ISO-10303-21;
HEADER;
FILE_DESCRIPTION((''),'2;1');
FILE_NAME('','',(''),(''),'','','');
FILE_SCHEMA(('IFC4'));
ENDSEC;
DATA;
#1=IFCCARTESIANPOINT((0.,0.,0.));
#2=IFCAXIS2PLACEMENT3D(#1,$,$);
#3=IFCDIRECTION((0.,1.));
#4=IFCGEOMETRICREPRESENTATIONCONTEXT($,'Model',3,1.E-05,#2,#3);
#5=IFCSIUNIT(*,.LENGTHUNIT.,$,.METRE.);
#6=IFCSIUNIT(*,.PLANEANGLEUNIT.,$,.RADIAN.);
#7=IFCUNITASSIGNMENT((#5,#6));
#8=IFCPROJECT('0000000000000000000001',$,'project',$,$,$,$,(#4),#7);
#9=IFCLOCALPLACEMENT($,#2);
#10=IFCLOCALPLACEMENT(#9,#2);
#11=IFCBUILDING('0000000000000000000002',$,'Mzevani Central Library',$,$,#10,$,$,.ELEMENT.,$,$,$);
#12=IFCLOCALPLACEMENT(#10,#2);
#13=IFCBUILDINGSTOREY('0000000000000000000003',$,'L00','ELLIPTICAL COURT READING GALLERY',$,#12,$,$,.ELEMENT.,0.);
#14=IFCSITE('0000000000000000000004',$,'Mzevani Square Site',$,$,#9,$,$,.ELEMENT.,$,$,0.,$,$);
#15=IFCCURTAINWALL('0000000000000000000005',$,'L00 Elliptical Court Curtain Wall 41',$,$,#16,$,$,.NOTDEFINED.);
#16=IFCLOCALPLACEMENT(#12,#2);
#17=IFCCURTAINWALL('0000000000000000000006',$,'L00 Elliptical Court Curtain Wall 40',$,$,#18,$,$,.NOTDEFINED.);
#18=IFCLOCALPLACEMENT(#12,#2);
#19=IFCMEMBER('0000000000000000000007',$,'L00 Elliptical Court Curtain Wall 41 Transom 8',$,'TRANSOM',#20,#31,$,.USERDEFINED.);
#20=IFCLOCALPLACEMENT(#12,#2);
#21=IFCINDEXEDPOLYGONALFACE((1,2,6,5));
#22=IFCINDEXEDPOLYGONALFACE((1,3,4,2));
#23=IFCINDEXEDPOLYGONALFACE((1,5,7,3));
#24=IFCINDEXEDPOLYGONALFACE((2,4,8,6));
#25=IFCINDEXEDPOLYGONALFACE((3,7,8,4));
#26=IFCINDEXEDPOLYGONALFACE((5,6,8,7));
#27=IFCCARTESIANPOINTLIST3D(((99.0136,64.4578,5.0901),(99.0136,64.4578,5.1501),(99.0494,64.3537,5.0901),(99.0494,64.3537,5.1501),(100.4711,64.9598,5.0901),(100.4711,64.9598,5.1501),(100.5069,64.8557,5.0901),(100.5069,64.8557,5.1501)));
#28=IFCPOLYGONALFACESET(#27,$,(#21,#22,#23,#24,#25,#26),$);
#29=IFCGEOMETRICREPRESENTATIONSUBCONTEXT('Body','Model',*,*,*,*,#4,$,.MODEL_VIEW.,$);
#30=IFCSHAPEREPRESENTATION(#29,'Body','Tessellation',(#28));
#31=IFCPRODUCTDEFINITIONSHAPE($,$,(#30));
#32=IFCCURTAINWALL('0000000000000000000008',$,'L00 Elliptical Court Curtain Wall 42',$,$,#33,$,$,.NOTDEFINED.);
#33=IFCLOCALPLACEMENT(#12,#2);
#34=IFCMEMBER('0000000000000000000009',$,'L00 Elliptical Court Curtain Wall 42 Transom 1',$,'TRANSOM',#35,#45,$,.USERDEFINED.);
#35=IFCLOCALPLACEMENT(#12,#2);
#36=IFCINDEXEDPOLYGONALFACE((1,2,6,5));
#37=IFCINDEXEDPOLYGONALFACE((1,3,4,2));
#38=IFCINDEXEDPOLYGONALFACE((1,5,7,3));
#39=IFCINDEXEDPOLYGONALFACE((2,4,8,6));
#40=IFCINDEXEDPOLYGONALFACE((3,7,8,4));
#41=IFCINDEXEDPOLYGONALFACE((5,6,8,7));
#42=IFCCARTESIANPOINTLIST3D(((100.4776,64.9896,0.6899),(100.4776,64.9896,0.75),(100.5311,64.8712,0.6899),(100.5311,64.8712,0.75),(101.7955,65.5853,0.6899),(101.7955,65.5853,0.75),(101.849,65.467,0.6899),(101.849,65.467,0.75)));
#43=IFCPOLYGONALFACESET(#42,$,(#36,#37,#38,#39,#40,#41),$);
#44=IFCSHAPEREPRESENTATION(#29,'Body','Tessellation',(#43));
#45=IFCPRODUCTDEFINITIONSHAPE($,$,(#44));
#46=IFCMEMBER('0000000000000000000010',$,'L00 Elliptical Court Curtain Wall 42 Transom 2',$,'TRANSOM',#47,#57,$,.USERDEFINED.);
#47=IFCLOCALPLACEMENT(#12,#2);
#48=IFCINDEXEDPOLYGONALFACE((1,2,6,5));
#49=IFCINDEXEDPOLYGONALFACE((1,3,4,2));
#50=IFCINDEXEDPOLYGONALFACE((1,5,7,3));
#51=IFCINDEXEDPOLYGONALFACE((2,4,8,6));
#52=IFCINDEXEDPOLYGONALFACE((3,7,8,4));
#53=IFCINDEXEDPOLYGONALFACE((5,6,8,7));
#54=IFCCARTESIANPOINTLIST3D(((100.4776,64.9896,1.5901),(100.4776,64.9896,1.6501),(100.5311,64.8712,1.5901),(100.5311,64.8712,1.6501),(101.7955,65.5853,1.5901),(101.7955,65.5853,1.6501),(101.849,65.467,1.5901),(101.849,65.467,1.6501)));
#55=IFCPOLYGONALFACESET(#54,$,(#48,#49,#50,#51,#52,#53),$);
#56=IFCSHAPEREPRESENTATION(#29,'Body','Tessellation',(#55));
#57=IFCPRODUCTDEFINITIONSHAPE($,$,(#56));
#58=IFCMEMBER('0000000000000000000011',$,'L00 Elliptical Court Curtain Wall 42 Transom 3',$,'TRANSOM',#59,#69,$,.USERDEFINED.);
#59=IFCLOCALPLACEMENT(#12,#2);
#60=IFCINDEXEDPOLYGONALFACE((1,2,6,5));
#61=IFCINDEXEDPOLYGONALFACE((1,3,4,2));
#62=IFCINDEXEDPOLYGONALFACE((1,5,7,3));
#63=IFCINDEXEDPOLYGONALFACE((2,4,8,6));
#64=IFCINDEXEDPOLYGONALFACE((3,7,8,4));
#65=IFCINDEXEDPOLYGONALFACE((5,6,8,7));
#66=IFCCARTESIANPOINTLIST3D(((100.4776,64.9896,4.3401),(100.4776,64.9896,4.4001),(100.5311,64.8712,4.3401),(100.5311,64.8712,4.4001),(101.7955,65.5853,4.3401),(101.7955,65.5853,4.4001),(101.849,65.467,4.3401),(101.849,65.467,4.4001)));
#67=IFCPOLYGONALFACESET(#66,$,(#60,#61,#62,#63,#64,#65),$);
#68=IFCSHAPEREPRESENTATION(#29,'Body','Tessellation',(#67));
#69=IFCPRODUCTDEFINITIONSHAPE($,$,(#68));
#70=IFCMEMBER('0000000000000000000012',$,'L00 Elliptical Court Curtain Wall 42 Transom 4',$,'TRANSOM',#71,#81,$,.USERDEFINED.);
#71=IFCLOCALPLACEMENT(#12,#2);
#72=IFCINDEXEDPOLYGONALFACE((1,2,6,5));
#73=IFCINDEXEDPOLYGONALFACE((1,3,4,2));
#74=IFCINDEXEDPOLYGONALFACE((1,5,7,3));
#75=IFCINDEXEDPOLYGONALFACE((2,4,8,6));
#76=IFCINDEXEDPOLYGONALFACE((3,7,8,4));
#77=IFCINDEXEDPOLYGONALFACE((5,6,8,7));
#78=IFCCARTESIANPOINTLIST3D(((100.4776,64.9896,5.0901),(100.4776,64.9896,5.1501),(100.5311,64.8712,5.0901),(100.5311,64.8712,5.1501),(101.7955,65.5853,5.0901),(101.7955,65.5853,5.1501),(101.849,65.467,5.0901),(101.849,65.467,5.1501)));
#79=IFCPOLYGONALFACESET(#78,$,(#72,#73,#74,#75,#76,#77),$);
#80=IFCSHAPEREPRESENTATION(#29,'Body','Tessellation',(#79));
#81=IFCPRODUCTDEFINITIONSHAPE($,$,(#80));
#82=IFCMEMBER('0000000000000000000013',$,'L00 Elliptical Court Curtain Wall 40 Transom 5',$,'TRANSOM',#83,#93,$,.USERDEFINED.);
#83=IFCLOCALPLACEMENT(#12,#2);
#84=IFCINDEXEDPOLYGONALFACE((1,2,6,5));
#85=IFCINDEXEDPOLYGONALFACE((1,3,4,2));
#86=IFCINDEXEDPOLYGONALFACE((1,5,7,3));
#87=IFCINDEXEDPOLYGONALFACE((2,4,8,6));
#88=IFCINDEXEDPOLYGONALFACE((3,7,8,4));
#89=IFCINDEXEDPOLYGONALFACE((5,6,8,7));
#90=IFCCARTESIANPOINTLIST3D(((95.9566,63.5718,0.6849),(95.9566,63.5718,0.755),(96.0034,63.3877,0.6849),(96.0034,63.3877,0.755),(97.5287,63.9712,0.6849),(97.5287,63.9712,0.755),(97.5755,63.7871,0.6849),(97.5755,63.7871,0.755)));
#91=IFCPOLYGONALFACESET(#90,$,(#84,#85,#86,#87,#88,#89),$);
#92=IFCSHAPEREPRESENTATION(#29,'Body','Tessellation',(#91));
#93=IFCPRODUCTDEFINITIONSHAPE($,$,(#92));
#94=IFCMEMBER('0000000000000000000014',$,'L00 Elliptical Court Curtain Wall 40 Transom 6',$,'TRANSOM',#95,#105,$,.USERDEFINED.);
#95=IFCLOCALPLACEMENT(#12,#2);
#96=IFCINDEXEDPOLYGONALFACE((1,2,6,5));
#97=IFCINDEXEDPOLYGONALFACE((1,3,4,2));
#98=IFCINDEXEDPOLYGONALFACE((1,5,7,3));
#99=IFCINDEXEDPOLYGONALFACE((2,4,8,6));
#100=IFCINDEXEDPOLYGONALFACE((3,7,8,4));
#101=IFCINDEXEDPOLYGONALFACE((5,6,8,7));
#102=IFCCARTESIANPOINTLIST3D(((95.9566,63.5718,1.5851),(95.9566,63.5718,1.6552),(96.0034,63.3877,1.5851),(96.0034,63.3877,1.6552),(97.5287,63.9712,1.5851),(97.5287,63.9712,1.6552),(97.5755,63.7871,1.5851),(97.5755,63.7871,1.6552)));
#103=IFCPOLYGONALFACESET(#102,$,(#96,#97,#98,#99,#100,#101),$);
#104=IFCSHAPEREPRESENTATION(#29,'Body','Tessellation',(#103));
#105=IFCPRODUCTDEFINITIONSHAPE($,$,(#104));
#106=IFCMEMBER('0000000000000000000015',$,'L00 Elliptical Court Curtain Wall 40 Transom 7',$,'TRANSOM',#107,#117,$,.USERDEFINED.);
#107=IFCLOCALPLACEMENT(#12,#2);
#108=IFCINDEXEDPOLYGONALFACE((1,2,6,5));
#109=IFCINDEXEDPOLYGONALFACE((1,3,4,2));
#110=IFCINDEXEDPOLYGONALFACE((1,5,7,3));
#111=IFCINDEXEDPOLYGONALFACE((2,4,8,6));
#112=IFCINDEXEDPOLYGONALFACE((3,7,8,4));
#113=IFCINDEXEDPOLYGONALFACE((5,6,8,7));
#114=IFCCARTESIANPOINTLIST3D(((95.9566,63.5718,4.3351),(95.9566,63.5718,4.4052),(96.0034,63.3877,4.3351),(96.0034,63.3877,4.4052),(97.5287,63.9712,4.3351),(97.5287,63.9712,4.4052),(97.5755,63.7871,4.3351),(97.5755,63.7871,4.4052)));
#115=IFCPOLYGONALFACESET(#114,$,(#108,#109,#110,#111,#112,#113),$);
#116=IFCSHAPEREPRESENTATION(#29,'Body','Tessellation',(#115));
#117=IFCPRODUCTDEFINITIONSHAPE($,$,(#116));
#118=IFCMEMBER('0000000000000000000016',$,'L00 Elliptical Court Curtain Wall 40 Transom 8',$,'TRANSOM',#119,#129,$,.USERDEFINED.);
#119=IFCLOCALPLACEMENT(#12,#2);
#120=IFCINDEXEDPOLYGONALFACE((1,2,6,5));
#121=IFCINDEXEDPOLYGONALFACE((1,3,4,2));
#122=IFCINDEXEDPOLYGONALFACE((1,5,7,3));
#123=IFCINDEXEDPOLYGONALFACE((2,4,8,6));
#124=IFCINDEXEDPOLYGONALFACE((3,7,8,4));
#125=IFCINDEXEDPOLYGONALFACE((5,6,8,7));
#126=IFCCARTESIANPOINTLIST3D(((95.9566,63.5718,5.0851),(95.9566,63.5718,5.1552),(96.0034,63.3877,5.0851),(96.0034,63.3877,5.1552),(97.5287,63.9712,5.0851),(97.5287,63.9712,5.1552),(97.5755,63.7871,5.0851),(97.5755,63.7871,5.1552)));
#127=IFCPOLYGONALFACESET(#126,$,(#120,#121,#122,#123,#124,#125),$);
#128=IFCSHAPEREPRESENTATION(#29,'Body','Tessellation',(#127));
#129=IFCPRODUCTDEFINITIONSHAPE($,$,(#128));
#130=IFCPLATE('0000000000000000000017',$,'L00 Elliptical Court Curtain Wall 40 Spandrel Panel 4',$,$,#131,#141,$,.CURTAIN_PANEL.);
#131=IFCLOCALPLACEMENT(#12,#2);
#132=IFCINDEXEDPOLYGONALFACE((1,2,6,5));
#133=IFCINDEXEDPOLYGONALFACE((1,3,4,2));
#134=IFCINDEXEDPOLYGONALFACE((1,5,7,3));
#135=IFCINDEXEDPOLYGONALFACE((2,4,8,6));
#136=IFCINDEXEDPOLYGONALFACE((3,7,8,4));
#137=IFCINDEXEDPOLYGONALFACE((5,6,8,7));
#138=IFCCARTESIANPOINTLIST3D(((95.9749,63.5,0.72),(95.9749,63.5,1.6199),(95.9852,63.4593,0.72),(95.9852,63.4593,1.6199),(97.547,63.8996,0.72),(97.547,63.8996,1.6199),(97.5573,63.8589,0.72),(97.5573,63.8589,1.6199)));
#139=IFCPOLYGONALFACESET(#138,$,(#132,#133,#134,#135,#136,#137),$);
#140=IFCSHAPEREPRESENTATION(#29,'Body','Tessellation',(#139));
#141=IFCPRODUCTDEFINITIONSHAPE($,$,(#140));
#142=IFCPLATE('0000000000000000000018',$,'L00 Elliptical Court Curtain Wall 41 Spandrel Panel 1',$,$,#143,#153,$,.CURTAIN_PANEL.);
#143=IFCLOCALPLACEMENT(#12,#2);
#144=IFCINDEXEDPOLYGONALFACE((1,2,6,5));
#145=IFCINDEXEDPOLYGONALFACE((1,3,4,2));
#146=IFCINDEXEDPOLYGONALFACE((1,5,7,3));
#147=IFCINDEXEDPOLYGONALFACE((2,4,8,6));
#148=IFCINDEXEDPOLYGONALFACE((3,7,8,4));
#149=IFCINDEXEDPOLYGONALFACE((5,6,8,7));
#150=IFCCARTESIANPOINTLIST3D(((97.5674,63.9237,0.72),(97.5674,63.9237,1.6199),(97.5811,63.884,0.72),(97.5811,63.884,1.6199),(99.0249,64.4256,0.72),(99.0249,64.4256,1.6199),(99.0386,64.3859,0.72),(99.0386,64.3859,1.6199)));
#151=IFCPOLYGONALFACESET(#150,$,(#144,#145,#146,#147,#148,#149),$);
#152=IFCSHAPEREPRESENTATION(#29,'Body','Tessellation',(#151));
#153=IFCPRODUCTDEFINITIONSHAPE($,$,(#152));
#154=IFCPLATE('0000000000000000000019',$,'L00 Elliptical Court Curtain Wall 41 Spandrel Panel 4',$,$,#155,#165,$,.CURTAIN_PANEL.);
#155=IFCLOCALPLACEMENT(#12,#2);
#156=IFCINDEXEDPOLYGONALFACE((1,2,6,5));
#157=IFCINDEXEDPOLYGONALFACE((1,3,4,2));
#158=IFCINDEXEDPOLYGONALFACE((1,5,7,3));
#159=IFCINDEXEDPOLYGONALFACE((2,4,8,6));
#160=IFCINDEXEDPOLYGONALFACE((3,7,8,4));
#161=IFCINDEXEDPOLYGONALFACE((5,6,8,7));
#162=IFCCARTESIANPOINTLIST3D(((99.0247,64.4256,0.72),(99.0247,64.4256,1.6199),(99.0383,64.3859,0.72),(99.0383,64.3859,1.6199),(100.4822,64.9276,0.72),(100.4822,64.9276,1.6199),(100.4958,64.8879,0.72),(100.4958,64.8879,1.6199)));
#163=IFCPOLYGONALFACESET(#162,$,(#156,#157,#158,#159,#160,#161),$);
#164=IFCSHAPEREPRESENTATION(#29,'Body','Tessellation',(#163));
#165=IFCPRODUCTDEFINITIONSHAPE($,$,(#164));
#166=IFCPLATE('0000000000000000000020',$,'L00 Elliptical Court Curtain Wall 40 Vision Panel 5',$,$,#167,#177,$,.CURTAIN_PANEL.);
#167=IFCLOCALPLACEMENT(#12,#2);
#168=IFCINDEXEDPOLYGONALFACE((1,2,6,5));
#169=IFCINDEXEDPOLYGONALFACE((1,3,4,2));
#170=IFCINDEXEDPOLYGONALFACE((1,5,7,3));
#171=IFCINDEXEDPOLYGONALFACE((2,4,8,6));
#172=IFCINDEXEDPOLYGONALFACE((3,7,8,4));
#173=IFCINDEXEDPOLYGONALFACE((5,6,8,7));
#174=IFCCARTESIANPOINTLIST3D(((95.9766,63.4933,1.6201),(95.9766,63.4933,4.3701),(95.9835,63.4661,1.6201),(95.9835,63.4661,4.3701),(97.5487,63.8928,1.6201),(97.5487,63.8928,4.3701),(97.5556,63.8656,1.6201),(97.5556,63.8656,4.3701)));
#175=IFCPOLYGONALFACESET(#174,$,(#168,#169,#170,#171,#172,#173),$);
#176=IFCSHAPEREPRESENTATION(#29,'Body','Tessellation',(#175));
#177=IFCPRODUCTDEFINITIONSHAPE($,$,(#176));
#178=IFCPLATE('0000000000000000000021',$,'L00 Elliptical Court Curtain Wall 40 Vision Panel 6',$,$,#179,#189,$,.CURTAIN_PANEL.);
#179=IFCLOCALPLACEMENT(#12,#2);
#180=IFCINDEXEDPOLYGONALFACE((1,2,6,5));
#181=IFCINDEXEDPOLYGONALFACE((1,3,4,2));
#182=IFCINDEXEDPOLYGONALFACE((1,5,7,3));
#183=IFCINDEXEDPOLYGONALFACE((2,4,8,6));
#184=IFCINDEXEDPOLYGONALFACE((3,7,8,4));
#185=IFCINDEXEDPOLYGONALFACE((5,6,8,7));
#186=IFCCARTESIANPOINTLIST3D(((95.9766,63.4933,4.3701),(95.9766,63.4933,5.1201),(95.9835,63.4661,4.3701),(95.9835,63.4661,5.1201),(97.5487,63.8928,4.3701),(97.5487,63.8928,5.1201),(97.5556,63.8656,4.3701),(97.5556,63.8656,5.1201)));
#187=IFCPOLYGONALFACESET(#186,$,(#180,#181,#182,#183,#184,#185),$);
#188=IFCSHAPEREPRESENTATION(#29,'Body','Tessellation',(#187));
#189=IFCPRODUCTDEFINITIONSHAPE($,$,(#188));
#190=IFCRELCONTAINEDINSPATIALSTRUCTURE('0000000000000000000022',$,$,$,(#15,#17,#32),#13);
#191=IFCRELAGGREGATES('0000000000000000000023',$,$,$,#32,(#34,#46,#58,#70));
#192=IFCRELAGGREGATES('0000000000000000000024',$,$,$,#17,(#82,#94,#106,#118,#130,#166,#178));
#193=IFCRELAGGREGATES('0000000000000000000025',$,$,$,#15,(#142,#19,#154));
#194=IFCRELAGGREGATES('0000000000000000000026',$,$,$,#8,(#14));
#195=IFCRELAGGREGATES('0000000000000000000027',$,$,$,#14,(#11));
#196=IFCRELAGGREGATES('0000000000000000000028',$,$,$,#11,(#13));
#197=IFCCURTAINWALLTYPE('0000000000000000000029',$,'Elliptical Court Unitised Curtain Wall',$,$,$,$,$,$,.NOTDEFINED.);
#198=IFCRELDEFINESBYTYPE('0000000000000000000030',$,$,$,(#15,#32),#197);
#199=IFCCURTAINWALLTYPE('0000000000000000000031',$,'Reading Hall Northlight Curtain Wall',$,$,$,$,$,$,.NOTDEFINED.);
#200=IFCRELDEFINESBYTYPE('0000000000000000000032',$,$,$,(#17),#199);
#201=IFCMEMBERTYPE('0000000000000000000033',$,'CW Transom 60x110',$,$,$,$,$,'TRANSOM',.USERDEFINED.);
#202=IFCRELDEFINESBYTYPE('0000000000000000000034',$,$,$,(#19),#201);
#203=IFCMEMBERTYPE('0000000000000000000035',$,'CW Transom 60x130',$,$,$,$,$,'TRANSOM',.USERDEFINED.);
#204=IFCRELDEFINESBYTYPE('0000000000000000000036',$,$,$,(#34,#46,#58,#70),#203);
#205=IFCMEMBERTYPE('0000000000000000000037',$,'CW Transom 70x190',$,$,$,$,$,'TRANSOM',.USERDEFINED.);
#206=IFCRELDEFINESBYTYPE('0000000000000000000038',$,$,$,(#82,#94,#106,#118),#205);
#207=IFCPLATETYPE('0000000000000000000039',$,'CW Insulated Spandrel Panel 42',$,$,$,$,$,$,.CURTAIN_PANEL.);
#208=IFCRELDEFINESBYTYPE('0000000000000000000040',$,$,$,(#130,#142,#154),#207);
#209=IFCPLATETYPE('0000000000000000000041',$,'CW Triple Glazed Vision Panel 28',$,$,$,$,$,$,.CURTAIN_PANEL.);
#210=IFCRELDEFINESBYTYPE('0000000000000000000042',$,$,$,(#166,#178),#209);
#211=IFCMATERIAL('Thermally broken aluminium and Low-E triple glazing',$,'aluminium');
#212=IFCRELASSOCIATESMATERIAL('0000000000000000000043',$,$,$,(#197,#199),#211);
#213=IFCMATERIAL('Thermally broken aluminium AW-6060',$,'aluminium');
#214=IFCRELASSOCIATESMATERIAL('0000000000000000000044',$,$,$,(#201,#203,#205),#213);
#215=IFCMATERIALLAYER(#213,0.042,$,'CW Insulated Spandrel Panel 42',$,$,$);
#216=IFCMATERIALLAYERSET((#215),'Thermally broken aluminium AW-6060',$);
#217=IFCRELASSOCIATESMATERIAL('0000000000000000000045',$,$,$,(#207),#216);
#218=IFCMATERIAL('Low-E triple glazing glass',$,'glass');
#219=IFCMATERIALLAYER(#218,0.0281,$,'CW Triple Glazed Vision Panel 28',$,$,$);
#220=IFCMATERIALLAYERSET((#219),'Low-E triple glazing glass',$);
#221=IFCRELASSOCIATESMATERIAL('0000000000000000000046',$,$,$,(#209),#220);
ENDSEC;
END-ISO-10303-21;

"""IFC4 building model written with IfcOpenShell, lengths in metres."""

from ifc_helpers import new_model, si_unit, direction, frame, origin, origin_2d, place, context, subcontext, project, spatial, rectangle, extrude, material, layer, layer_set, material_profile, profile_set, type_object, element, aggregate, save


model = new_model("IFC4")

# Units and contexts
model_context = context("Model", 3, precision=1e-05, world=origin(), true_north=direction((0.0, 1.0)))
body_context = subcontext(model_context, "Body", "Model", "MODEL_VIEW")
ifc_project = project(units=[si_unit("LENGTHUNIT", "METRE"), si_unit("PLANEANGLEUNIT", "RADIAN")], contexts=[model_context])

# Site, building, storey
site_placement = place(None, origin())
site = spatial("IfcSite", under=ifc_project, at=site_placement, Name="Mzevani Square Site", CompositionType="ELEMENT", RefElevation=0.0)
building_placement = place(site_placement, origin())
building = spatial("IfcBuilding", under=site, at=building_placement, Name="Mzevani Central Library", CompositionType="ELEMENT")
storey_placement = place(building_placement, origin())
storey = spatial("IfcBuildingStorey", under=building, at=storey_placement, Name="L00", Description="ELLIPTICAL COURT READING GALLERY", CompositionType="ELEMENT", Elevation=0.0)

# Curtain wall
ifc_material_1 = material(Name="Thermally broken aluminium and Low-E triple glazing", Category="aluminium")
curtain_wall_type_1 = type_object("IfcCurtainWallType", Name="Elliptical Court Unitised Curtain Wall", PredefinedType="NOTDEFINED", material=ifc_material_1)
curtain_wall_1_placement = place(storey_placement, origin())
curtain_wall_1 = element("IfcCurtainWall", 1, at=curtain_wall_1_placement, inside=storey, type_object=curtain_wall_type_1, Name="L00 Elliptical Court Curtain Wall 41", PredefinedType="NOTDEFINED")
ifc_material_2 = material(Name="Thermally broken aluminium AW-6060", Category="aluminium")

# Curtain wall
curtain_wall_type_2 = type_object("IfcCurtainWallType", Name="Reading Hall Northlight Curtain Wall", PredefinedType="NOTDEFINED", material=ifc_material_1)
curtain_wall_2_placement = place(storey_placement, origin())
curtain_wall_2 = element("IfcCurtainWall", 2, at=curtain_wall_2_placement, inside=storey, type_object=curtain_wall_type_2, Name="L00 Elliptical Court Curtain Wall 40", PredefinedType="NOTDEFINED")

# Member
ifc_material_profile_1 = material_profile(ifc_material_2, rectangle(XDim=0.1101, YDim=0.0601, at=origin_2d()), Name="ALU T60x110")
ifc_profile_set_1 = profile_set([ifc_material_profile_1], Name="Thermally broken aluminium AW-6060")
member_type_1 = type_object("IfcMemberType", Name="CW Transom 60x110", ElementType="TRANSOM", PredefinedType="USERDEFINED", material=ifc_profile_set_1)
member_1_placement = place(storey_placement, frame((99.0315, 64.4058, 5.1201), z_axis=(0.945501, 0.32562, 0.0), x_axis=(-0.32562, 0.945501, 0.0)))
member_1 = element("IfcMember", 3, at=member_1_placement, type_object=member_type_1, Name="L00 Elliptical Court Curtain Wall 41 Transom 8", ObjectType="TRANSOM", PredefinedType="USERDEFINED", context=body_context, shape_type="SweptSolid", body=[
    extrude(rectangle(XDim=0.1101, YDim=0.0601, at=origin_2d()), origin(), (0.0, 0.0, 1.0), 1.5415),
])

# Curtain wall, members
curtain_wall_3_placement = place(storey_placement, origin())
curtain_wall_3 = element("IfcCurtainWall", 4, at=curtain_wall_3_placement, inside=storey, type_object=curtain_wall_type_1, Name="L00 Elliptical Court Curtain Wall 42", PredefinedType="NOTDEFINED")
ifc_material_profile_2 = material_profile(ifc_material_2, rectangle(XDim=0.1299, YDim=0.0601, at=origin_2d()), Name="ALU T60x130")
ifc_profile_set_2 = profile_set([ifc_material_profile_2], Name="Thermally broken aluminium AW-6060")
member_type_2 = type_object("IfcMemberType", Name="CW Transom 60x130", ElementType="TRANSOM", PredefinedType="USERDEFINED", material=ifc_profile_set_2)
member_2_placement = place(storey_placement, frame((100.5044, 64.9304, 0.72), z_axis=(0.911232, 0.411894, 0.0), x_axis=(-0.411894, 0.911232, 0.0)))
member_2 = element("IfcMember", 5, at=member_2_placement, type_object=member_type_2, Name="L00 Elliptical Court Curtain Wall 42 Transom 1", ObjectType="TRANSOM", PredefinedType="USERDEFINED", context=body_context, shape_type="SweptSolid", body=[
    extrude(rectangle(XDim=0.1299, YDim=0.0601, at=origin_2d()), origin(), (0.0, 0.0, 1.0), 1.4463),
])
member_3_placement = place(storey_placement, frame((100.5044, 64.9304, 1.6201), z_axis=(0.911232, 0.411894, 0.0), x_axis=(-0.411894, 0.911232, 0.0)))
member_3 = element("IfcMember", 6, at=member_3_placement, type_object=member_type_2, Name="L00 Elliptical Court Curtain Wall 42 Transom 2", ObjectType="TRANSOM", PredefinedType="USERDEFINED", context=body_context, shape_type="SweptSolid", body=[
    extrude(rectangle(XDim=0.1299, YDim=0.0601, at=origin_2d()), origin(), (0.0, 0.0, 1.0), 1.4463),
])
member_4_placement = place(storey_placement, frame((100.5044, 64.9304, 4.3701), z_axis=(0.911232, 0.411894, 0.0), x_axis=(-0.411894, 0.911232, 0.0)))
member_4 = element("IfcMember", 7, at=member_4_placement, type_object=member_type_2, Name="L00 Elliptical Court Curtain Wall 42 Transom 3", ObjectType="TRANSOM", PredefinedType="USERDEFINED", context=body_context, shape_type="SweptSolid", body=[
    extrude(rectangle(XDim=0.1299, YDim=0.0601, at=origin_2d()), origin(), (0.0, 0.0, 1.0), 1.4463),
])
member_5_placement = place(storey_placement, frame((100.5044, 64.9304, 5.1201), z_axis=(0.911232, 0.411894, 0.0), x_axis=(-0.411894, 0.911232, 0.0)))
member_5 = element("IfcMember", 8, at=member_5_placement, type_object=member_type_2, Name="L00 Elliptical Court Curtain Wall 42 Transom 4", ObjectType="TRANSOM", PredefinedType="USERDEFINED", context=body_context, shape_type="SweptSolid", body=[
    extrude(rectangle(XDim=0.1299, YDim=0.0601, at=origin_2d()), origin(), (0.0, 0.0, 1.0), 1.4463),
])
aggregate(curtain_wall_3, [member_2, member_3, member_4, member_5])

# Members
ifc_material_profile_3 = material_profile(ifc_material_2, rectangle(XDim=0.1899, YDim=0.0701, at=origin_2d()), Name="ALU T70x190")
ifc_profile_set_3 = profile_set([ifc_material_profile_3], Name="Thermally broken aluminium AW-6060")
member_type_3 = type_object("IfcMemberType", Name="CW Transom 70x190", ElementType="TRANSOM", PredefinedType="USERDEFINED", material=ifc_profile_set_3)
member_6_placement = place(storey_placement, frame((95.98, 63.4797, 0.72), z_axis=(0.969206, 0.246253, 0.0), x_axis=(-0.246253, 0.969206, 0.0)))
member_6 = element("IfcMember", 9, at=member_6_placement, type_object=member_type_3, Name="L00 Elliptical Court Curtain Wall 40 Transom 5", ObjectType="TRANSOM", PredefinedType="USERDEFINED", context=body_context, shape_type="SweptSolid", body=[
    extrude(rectangle(XDim=0.1899, YDim=0.0701, at=origin_2d()), origin(), (0.0, 0.0, 1.0), 1.6221),
])
member_7_placement = place(storey_placement, frame((95.98, 63.4797, 1.6201), z_axis=(0.969206, 0.246253, 0.0), x_axis=(-0.246253, 0.969206, 0.0)))
member_7 = element("IfcMember", 10, at=member_7_placement, type_object=member_type_3, Name="L00 Elliptical Court Curtain Wall 40 Transom 6", ObjectType="TRANSOM", PredefinedType="USERDEFINED", context=body_context, shape_type="SweptSolid", body=[
    extrude(rectangle(XDim=0.1899, YDim=0.0701, at=origin_2d()), origin(), (0.0, 0.0, 1.0), 1.6221),
])
member_8_placement = place(storey_placement, frame((95.98, 63.4797, 4.3701), z_axis=(0.969206, 0.246253, 0.0), x_axis=(-0.246253, 0.969206, 0.0)))
member_8 = element("IfcMember", 11, at=member_8_placement, type_object=member_type_3, Name="L00 Elliptical Court Curtain Wall 40 Transom 7", ObjectType="TRANSOM", PredefinedType="USERDEFINED", context=body_context, shape_type="SweptSolid", body=[
    extrude(rectangle(XDim=0.1899, YDim=0.0701, at=origin_2d()), origin(), (0.0, 0.0, 1.0), 1.6221),
])
member_9_placement = place(storey_placement, frame((95.98, 63.4797, 5.1201), z_axis=(0.969206, 0.246253, 0.0), x_axis=(-0.246253, 0.969206, 0.0)))
member_9 = element("IfcMember", 12, at=member_9_placement, type_object=member_type_3, Name="L00 Elliptical Court Curtain Wall 40 Transom 8", ObjectType="TRANSOM", PredefinedType="USERDEFINED", context=body_context, shape_type="SweptSolid", body=[
    extrude(rectangle(XDim=0.1899, YDim=0.0701, at=origin_2d()), origin(), (0.0, 0.0, 1.0), 1.6221),
])

# Plates
ifc_layer_1 = layer(ifc_material_2, 0.042, Name="CW Insulated Spandrel Panel 42")
ifc_layer_set_1 = layer_set([ifc_layer_1], Name="Thermally broken aluminium AW-6060")
plate_type_1 = type_object("IfcPlateType", Name="CW Insulated Spandrel Panel 42", PredefinedType="CURTAIN_PANEL", material=ifc_layer_set_1)
plate_1_placement = place(storey_placement, frame((96.7661, 63.6794, 0.72), z_axis=(0.0, 0.0, 1.0), x_axis=(0.969187, 0.246328, 0.0)))
plate_1 = element("IfcPlate", 13, at=plate_1_placement, type_object=plate_type_1, Name="L00 Elliptical Court Curtain Wall 40 Spandrel Panel 4", PredefinedType="CURTAIN_PANEL", context=body_context, shape_type="SweptSolid", body=[
    extrude(rectangle(XDim=1.6221, YDim=0.042, at=origin_2d()), origin(), (0.0, 0.0, 1.0), 0.8999),
])
plate_2_placement = place(storey_placement, frame((98.303, 64.1548, 0.72), z_axis=(0.0, 0.0, 1.0), x_axis=(0.945503, 0.325613, 0.0)))
plate_2 = element("IfcPlate", 14, at=plate_2_placement, type_object=plate_type_1, Name="L00 Elliptical Court Curtain Wall 41 Spandrel Panel 1", PredefinedType="CURTAIN_PANEL", context=body_context, shape_type="SweptSolid", body=[
    extrude(rectangle(XDim=1.5415, YDim=0.042, at=origin_2d()), origin(), (0.0, 0.0, 1.0), 0.8999),
])
plate_3_placement = place(storey_placement, frame((99.7603, 64.6567, 0.72), z_axis=(0.0, 0.0, 1.0), x_axis=(0.945503, 0.325613, 0.0)))
plate_3 = element("IfcPlate", 15, at=plate_3_placement, type_object=plate_type_1, Name="L00 Elliptical Court Curtain Wall 41 Spandrel Panel 4", PredefinedType="CURTAIN_PANEL", context=body_context, shape_type="SweptSolid", body=[
    extrude(rectangle(XDim=1.5415, YDim=0.042, at=origin_2d()), origin(), (0.0, 0.0, 1.0), 0.8999),
])
ifc_material_3 = material(Name="Low-E triple glazing glass", Category="glass")
ifc_layer_2 = layer(ifc_material_3, 0.0281, Name="CW Triple Glazed Vision Panel 28")
ifc_layer_set_2 = layer_set([ifc_layer_2], Name="Low-E triple glazing glass")
plate_type_2 = type_object("IfcPlateType", Name="CW Triple Glazed Vision Panel 28", PredefinedType="CURTAIN_PANEL", material=ifc_layer_set_2)
plate_4_placement = place(storey_placement, frame((96.7661, 63.6794, 1.6201), z_axis=(0.0, 0.0, 1.0), x_axis=(0.969187, 0.246328, 0.0)))
plate_4 = element("IfcPlate", 16, at=plate_4_placement, type_object=plate_type_2, Name="L00 Elliptical Court Curtain Wall 40 Vision Panel 5", PredefinedType="CURTAIN_PANEL", context=body_context, shape_type="SweptSolid", body=[
    extrude(rectangle(XDim=1.6221, YDim=0.0281, at=origin_2d()), origin(), (0.0, 0.0, 1.0), 2.75),
])
plate_5_placement = place(storey_placement, frame((96.7661, 63.6794, 4.3701), z_axis=(0.0, 0.0, 1.0), x_axis=(0.969187, 0.246328, 0.0)))
plate_5 = element("IfcPlate", 17, at=plate_5_placement, type_object=plate_type_2, Name="L00 Elliptical Court Curtain Wall 40 Vision Panel 6", PredefinedType="CURTAIN_PANEL", context=body_context, shape_type="SweptSolid", body=[
    extrude(rectangle(XDim=1.6221, YDim=0.0281, at=origin_2d()), origin(), (0.0, 0.0, 1.0), 0.75),
])
aggregate(curtain_wall_2, [member_6, member_7, member_8, member_9, plate_1, plate_4, plate_5])
aggregate(curtain_wall_1, [plate_2, member_1, plate_3])

save(model, "model.ifc")
